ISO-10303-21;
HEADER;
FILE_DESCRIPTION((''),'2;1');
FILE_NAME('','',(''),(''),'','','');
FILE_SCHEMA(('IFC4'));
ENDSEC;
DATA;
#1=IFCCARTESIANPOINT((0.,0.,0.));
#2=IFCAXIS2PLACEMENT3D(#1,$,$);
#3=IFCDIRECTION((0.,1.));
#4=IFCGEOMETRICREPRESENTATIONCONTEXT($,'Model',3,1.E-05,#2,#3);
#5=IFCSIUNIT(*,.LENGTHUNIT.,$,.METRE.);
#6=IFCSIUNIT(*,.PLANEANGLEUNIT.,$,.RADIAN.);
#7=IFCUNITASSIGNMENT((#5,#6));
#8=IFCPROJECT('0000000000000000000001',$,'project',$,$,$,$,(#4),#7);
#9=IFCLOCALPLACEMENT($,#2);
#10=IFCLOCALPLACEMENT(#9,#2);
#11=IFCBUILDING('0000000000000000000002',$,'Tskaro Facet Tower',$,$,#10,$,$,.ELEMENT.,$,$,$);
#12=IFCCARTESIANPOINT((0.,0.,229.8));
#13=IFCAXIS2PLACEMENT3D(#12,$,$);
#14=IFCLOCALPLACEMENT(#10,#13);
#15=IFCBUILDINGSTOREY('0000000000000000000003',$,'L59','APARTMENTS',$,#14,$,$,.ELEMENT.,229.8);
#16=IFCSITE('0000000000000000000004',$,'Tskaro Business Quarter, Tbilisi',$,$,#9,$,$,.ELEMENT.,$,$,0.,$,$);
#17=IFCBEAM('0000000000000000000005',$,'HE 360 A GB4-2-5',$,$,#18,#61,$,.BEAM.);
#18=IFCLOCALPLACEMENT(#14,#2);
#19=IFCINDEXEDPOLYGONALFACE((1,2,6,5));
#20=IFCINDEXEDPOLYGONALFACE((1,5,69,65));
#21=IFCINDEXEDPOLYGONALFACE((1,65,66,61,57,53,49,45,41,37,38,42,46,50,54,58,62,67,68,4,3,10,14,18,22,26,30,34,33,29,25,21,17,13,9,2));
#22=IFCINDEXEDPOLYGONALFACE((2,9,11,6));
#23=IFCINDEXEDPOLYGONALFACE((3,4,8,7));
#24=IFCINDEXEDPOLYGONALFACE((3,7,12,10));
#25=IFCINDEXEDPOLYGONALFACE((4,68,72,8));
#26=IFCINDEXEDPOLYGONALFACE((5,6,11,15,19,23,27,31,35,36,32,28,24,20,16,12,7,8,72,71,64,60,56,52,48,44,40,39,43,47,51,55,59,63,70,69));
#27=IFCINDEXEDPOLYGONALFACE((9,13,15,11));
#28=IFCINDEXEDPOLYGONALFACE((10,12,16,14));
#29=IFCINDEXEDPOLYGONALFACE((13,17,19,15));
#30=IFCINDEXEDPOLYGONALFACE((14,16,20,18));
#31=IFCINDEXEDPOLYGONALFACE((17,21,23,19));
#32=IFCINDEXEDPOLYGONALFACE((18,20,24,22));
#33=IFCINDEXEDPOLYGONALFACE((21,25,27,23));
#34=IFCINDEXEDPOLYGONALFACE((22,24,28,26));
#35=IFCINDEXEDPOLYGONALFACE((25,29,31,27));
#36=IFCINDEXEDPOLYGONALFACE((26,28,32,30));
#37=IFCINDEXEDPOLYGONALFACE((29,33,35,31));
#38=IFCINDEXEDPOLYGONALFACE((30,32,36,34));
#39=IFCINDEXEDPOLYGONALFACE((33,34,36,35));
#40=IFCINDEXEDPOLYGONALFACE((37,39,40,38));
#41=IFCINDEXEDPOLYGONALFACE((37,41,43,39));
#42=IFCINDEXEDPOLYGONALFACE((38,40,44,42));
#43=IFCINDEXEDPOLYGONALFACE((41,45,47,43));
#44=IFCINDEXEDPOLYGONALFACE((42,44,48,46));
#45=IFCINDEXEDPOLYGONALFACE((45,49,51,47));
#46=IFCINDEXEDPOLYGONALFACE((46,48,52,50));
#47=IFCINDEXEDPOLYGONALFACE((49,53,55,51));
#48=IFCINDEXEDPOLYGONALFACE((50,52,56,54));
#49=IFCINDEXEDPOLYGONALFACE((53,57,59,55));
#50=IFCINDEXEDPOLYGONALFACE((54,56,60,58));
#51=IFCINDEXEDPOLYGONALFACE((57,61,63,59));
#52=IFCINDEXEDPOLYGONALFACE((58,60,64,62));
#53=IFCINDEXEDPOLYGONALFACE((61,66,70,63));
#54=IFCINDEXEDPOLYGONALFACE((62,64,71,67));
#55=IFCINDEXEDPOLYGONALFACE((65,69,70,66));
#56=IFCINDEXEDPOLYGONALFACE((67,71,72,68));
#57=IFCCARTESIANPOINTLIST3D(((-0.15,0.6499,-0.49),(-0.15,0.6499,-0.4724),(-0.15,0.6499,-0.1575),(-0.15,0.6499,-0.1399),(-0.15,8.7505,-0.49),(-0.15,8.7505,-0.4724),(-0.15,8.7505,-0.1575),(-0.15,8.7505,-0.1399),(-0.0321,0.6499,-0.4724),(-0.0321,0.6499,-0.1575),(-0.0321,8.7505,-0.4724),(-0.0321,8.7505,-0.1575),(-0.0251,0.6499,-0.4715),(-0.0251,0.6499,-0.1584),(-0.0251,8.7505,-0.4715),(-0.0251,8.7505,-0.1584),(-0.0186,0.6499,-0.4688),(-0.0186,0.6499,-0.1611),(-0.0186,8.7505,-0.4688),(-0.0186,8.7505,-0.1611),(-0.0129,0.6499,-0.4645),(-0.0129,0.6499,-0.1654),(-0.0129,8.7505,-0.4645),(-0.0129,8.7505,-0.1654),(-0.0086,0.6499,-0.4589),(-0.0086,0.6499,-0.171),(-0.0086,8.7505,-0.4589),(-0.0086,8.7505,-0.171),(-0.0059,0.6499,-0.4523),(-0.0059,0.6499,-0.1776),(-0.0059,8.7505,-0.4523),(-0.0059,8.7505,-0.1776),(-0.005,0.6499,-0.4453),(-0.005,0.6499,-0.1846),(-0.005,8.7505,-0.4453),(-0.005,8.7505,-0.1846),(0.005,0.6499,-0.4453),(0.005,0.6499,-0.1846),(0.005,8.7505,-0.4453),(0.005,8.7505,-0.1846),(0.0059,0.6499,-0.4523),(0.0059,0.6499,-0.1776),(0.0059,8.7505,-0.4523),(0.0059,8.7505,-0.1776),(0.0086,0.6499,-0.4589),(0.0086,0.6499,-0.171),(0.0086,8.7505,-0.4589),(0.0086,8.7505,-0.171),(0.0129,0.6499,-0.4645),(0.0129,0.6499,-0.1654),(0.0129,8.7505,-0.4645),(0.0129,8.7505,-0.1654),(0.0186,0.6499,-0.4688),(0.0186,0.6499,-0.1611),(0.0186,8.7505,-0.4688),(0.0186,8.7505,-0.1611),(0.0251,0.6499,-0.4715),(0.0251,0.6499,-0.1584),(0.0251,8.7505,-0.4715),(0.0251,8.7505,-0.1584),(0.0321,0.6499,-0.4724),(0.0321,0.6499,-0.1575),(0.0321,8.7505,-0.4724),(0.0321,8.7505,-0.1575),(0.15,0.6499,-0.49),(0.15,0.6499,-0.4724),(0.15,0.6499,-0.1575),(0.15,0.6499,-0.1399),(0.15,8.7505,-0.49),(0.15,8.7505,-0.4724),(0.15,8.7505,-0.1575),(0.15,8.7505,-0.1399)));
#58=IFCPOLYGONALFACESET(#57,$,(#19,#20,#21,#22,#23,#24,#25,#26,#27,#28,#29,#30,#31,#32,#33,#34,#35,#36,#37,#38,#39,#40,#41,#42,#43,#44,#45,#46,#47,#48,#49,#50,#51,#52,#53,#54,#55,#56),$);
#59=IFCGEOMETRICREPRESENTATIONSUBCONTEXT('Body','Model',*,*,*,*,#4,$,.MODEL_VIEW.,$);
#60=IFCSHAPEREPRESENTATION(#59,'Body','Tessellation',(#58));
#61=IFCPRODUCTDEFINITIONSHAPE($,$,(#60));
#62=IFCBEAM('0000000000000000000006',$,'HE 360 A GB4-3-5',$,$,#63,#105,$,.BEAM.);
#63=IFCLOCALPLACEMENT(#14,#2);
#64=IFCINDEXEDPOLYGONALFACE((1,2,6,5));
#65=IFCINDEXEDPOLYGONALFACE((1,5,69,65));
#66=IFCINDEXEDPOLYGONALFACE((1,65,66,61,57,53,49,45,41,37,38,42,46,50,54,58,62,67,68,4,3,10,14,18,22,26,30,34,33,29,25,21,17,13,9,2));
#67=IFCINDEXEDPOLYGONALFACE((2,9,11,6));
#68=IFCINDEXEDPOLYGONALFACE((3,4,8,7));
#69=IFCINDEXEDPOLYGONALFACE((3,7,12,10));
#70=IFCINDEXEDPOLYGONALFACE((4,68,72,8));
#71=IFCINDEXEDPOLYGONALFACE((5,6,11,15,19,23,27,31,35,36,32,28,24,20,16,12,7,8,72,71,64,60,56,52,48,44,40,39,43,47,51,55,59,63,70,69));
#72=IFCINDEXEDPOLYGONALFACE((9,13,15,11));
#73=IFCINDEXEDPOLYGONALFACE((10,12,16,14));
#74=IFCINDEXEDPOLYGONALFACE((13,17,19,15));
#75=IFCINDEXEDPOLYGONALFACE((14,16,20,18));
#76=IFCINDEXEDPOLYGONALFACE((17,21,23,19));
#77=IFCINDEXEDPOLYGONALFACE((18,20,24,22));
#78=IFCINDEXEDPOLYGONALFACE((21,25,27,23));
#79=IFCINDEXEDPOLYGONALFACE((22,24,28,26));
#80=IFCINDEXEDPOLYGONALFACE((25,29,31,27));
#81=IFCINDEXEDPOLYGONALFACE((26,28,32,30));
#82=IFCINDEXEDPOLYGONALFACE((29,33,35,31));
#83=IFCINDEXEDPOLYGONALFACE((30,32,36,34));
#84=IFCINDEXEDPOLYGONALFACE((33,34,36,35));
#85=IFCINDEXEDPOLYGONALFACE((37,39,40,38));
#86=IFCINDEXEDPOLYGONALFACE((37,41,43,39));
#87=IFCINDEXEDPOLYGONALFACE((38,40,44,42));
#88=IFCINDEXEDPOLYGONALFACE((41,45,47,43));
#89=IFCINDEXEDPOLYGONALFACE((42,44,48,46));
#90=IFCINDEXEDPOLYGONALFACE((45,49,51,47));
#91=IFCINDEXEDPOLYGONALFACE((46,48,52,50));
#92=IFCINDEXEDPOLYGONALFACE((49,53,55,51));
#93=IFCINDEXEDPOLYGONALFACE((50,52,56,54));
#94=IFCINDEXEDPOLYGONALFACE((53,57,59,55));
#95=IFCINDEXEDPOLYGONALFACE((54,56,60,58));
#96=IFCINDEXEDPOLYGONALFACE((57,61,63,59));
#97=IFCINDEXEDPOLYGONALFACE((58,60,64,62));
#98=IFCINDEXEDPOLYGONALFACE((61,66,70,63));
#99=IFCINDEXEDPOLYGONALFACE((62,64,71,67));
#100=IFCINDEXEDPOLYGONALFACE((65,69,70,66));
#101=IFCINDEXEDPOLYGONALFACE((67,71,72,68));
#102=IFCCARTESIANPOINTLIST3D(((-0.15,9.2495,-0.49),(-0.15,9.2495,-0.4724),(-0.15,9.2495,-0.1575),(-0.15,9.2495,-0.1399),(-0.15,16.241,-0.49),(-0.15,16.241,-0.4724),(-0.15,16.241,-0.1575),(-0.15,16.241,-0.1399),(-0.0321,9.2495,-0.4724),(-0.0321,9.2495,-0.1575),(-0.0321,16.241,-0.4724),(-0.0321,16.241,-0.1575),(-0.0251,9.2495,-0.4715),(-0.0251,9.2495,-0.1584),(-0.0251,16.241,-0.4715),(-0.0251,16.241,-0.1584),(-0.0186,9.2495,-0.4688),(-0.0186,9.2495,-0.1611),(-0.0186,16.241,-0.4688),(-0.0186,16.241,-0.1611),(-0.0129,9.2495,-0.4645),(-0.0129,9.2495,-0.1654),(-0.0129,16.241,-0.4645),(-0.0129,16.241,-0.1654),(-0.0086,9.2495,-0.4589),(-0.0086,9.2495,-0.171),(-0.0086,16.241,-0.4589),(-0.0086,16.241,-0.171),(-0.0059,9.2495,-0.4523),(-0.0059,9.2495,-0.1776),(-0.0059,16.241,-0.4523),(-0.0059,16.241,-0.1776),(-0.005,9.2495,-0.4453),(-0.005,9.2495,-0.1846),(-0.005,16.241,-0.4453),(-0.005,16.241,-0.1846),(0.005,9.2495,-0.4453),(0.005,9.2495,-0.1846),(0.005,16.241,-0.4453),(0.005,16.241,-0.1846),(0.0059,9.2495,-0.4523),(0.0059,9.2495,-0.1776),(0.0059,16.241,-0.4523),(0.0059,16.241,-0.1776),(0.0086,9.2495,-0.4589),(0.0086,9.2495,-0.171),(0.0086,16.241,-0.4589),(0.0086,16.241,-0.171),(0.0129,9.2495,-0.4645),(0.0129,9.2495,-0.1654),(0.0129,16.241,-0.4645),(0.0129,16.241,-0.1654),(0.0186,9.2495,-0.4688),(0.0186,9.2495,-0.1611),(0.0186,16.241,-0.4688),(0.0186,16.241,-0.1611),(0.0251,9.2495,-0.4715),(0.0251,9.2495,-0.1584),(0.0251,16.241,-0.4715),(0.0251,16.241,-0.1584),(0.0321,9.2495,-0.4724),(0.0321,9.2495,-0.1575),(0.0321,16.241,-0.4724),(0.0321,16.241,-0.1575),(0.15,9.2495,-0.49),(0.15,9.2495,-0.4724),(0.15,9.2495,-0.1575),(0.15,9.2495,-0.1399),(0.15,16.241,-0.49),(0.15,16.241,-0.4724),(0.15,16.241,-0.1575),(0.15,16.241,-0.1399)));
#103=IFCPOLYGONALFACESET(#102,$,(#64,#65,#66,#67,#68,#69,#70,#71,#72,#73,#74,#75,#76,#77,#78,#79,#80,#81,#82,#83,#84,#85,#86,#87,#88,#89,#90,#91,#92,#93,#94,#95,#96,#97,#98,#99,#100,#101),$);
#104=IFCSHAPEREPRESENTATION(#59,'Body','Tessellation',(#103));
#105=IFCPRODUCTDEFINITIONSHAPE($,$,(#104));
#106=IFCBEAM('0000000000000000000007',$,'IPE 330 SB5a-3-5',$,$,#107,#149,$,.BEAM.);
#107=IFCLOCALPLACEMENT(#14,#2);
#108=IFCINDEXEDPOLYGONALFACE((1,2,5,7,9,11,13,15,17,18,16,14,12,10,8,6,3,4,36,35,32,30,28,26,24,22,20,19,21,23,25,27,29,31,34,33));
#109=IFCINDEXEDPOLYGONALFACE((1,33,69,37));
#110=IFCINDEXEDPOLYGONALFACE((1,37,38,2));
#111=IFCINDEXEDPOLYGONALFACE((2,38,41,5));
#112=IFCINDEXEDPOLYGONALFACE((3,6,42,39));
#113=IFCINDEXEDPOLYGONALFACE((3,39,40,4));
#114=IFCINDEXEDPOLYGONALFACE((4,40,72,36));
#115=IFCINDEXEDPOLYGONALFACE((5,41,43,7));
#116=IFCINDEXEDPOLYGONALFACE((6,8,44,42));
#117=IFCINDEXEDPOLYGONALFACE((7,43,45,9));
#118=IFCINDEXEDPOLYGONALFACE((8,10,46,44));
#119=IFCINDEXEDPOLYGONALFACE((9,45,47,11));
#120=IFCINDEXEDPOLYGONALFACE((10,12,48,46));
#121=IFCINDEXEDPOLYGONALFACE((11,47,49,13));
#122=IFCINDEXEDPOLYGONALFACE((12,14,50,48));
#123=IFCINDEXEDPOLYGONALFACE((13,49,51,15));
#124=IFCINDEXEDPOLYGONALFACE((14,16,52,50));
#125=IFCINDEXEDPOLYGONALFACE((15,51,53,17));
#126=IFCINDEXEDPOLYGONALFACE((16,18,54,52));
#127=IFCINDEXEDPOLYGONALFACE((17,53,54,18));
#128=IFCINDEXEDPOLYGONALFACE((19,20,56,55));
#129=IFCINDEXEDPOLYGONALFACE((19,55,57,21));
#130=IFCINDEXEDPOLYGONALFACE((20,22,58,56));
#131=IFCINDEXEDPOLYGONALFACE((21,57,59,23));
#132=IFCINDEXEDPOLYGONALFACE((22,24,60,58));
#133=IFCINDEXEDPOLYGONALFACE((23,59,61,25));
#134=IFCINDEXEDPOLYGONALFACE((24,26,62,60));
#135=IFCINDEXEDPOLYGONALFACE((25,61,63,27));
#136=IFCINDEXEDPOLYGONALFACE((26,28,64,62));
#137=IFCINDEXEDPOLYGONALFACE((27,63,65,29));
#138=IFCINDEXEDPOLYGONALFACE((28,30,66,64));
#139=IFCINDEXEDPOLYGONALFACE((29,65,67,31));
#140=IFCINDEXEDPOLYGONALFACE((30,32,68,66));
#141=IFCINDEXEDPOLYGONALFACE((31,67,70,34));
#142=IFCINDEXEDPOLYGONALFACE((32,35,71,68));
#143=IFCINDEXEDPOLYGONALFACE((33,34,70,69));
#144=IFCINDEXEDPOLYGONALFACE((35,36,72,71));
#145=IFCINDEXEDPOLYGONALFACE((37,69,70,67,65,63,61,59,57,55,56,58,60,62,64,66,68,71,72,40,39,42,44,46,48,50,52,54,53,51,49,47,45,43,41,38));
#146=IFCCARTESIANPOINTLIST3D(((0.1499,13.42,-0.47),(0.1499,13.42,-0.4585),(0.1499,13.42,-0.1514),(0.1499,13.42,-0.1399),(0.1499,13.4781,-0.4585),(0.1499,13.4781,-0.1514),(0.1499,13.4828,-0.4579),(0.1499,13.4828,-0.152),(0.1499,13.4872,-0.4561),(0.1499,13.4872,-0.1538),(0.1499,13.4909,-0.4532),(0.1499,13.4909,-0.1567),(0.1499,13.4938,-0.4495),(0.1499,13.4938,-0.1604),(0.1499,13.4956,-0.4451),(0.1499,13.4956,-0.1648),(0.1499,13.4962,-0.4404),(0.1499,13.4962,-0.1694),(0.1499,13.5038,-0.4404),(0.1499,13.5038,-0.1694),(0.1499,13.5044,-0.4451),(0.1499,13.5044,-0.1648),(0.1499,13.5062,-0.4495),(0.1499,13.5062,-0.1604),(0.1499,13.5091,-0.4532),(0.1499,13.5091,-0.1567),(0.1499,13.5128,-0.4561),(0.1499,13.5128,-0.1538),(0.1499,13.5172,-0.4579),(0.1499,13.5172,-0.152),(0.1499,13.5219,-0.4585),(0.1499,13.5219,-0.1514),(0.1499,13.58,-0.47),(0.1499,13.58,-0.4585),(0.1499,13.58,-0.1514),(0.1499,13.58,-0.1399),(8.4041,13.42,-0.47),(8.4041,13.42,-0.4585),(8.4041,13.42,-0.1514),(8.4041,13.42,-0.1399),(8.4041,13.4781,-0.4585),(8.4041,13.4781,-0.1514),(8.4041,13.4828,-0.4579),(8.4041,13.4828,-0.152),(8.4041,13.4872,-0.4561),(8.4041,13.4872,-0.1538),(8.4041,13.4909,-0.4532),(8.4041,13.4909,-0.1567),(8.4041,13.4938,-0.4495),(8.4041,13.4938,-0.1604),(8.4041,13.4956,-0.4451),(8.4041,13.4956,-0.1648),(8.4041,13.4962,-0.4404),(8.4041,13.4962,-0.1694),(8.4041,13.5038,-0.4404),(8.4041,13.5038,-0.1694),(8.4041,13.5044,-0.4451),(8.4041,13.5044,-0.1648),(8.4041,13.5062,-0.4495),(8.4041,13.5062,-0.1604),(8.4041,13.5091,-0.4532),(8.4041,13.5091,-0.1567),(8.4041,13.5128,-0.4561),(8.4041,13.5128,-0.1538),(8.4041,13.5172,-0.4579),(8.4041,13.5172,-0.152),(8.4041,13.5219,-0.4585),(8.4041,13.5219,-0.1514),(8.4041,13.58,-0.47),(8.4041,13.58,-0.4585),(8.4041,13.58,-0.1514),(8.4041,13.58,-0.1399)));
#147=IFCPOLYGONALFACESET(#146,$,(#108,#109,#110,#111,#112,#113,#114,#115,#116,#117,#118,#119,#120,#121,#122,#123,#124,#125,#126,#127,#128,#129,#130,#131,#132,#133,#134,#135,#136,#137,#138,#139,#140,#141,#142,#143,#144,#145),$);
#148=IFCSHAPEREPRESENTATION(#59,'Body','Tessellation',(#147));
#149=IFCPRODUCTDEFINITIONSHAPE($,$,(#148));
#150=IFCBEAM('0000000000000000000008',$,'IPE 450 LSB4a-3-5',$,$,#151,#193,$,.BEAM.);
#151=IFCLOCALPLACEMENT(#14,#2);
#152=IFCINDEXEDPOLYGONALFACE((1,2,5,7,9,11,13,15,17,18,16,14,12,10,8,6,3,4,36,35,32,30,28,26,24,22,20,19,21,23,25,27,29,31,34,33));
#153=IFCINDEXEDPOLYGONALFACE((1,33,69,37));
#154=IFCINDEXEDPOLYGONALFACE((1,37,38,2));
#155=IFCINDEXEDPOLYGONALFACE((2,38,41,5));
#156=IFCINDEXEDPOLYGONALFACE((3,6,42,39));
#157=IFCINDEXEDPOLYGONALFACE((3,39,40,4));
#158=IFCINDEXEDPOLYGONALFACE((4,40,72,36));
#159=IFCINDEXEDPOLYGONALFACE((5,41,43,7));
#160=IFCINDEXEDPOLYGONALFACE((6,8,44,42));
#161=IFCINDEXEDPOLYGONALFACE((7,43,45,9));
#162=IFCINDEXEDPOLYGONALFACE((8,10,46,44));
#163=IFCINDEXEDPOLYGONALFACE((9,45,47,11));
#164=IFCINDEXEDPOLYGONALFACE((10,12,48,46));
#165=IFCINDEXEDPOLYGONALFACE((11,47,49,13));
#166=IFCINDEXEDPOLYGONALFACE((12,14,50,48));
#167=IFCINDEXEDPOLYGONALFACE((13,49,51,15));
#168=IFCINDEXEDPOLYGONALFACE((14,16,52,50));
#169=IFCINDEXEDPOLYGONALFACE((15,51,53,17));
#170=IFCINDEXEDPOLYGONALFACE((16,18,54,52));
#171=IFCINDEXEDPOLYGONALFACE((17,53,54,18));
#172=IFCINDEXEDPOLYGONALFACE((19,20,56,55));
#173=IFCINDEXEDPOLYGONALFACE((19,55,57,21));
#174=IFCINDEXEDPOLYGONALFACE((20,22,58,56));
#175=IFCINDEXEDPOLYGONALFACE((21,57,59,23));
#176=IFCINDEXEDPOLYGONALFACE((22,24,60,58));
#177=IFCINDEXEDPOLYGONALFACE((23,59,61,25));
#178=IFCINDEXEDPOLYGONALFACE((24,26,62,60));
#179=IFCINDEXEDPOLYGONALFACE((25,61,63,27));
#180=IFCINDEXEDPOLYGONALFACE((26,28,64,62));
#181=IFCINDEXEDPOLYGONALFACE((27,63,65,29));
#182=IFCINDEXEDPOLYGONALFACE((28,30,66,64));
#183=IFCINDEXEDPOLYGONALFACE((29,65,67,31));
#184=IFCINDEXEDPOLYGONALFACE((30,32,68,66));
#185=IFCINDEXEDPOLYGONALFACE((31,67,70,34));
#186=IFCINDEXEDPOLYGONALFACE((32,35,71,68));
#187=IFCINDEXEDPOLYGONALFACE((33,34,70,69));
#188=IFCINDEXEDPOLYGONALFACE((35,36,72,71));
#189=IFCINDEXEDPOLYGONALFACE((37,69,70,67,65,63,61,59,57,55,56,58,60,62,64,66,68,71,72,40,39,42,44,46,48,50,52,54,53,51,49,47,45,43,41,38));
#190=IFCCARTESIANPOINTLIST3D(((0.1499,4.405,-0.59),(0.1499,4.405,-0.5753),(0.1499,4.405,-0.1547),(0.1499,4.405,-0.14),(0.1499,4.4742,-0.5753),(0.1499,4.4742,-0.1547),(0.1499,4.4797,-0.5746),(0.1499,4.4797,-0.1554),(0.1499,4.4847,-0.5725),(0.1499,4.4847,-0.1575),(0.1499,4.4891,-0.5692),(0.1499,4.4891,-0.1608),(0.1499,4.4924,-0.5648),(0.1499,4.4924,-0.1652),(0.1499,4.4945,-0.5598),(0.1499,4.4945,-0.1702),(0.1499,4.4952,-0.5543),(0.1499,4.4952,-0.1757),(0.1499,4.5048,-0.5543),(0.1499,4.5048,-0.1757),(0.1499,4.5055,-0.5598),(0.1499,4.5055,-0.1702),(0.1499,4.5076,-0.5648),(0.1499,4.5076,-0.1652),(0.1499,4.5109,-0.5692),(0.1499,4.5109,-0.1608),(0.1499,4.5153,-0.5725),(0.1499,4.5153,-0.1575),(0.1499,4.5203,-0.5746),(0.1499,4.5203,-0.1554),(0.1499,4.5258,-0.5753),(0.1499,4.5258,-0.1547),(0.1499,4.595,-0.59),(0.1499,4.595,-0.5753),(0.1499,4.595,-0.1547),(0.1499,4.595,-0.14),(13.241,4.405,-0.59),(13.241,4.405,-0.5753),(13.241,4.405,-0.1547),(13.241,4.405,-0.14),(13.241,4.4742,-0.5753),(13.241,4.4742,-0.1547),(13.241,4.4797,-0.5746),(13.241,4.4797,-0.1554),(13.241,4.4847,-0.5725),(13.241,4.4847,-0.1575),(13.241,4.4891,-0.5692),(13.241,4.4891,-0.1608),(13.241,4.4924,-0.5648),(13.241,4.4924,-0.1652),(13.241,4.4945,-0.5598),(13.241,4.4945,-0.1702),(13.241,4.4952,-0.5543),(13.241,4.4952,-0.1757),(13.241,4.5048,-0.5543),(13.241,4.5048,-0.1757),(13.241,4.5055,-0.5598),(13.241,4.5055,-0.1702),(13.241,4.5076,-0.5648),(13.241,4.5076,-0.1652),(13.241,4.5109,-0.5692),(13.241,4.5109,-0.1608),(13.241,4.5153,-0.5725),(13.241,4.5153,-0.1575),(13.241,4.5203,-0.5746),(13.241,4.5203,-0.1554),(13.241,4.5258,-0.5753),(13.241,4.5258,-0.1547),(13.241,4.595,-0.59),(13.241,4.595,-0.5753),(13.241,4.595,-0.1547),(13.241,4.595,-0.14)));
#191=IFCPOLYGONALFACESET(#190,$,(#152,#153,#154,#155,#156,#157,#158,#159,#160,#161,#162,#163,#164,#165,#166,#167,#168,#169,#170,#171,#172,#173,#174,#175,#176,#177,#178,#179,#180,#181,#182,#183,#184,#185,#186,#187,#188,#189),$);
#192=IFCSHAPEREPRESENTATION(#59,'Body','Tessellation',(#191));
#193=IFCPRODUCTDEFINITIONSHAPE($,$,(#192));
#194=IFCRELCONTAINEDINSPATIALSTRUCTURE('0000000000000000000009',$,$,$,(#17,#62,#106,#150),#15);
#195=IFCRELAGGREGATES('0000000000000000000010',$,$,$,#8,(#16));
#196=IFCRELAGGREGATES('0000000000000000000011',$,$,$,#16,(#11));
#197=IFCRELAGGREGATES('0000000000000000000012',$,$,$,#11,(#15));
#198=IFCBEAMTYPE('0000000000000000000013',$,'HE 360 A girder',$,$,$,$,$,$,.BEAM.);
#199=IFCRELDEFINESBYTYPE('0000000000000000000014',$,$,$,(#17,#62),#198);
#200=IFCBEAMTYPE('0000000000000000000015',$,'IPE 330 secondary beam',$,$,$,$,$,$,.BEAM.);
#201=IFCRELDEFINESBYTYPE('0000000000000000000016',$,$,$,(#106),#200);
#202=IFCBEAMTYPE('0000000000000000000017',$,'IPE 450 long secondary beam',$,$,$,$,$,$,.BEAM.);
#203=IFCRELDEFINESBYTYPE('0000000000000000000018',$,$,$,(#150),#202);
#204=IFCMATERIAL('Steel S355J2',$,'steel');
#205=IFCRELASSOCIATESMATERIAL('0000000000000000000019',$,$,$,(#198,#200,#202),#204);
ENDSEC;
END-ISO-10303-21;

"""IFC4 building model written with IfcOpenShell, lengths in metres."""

from ifc_helpers import new_model, si_unit, direction, frame, origin, origin_2d, place, context, subcontext, project, spatial, i_section, extrude, material, material_profile, profile_set, type_object, element, save


model = new_model("IFC4")

# Units and contexts
model_context = context("Model", 3, precision=1e-05, world=origin(), true_north=direction((0.0, 1.0)))
body_context = subcontext(model_context, "Body", "Model", "MODEL_VIEW")
ifc_project = project(units=[si_unit("LENGTHUNIT", "METRE"), si_unit("PLANEANGLEUNIT", "RADIAN")], contexts=[model_context])

# Site, building, storey
site_placement = place(None, origin())
site = spatial("IfcSite", under=ifc_project, at=site_placement, Name="Tskaro Business Quarter, Tbilisi", CompositionType="ELEMENT", RefElevation=0.0)
building_placement = place(site_placement, origin())
building = spatial("IfcBuilding", under=site, at=building_placement, Name="Tskaro Facet Tower", CompositionType="ELEMENT")
storey_placement = place(building_placement, frame((0.0, 0.0, 229.8)))
storey = spatial("IfcBuildingStorey", under=building, at=storey_placement, Name="L59", Description="APARTMENTS", CompositionType="ELEMENT", Elevation=229.8)

# Shared definitions
ifc_material_1 = material(Name="Steel S355J2", Category="steel")

# Beams
ifc_material_profile_1 = material_profile(ifc_material_1, i_section(OverallWidth=0.3, OverallDepth=0.3501, WebThickness=0.01, FlangeThickness=0.0176, FilletRadius=0.0271, at=origin_2d()), Name="HE 360 A")
ifc_profile_set_1 = profile_set([ifc_material_profile_1], Name="Steel S355J2")
beam_type_1 = type_object("IfcBeamType", Name="HE 360 A girder", PredefinedType="BEAM", material=ifc_profile_set_1)
beam_1_placement = place(storey_placement, frame((0.0, 0.6499, -0.3149), z_axis=(0.0, 1.0, 0.0), x_axis=(-1.0, 0.0, 0.0)))
element("IfcBeam", 1, at=beam_1_placement, inside=storey, type_object=beam_type_1, Name="HE 360 A GB4-2-5", PredefinedType="BEAM", context=body_context, shape_type="SweptSolid", body=[
    extrude(i_section(OverallWidth=0.3, OverallDepth=0.3501, WebThickness=0.01, FlangeThickness=0.0176, FilletRadius=0.0271, at=origin_2d()), origin(), (0.0, 0.0, 1.0), 8.1006),
])
beam_2_placement = place(storey_placement, frame((0.0, 9.2495, -0.3149), z_axis=(0.0, 1.0, 0.0), x_axis=(-1.0, 0.0, 0.0)))
element("IfcBeam", 2, at=beam_2_placement, inside=storey, type_object=beam_type_1, Name="HE 360 A GB4-3-5", PredefinedType="BEAM", context=body_context, shape_type="SweptSolid", body=[
    extrude(i_section(OverallWidth=0.3, OverallDepth=0.3501, WebThickness=0.01, FlangeThickness=0.0176, FilletRadius=0.0271, at=origin_2d()), origin(), (0.0, 0.0, 1.0), 6.9915),
])
ifc_material_profile_2 = material_profile(ifc_material_1, i_section(OverallWidth=0.1599, OverallDepth=0.3301, WebThickness=0.0076, FlangeThickness=0.0115, FilletRadius=0.0181, at=origin_2d()), Name="IPE 330")
ifc_profile_set_2 = profile_set([ifc_material_profile_2], Name="Steel S355J2")
beam_type_2 = type_object("IfcBeamType", Name="IPE 330 secondary beam", PredefinedType="BEAM", material=ifc_profile_set_2)
beam_3_placement = place(storey_placement, frame((0.1499, 13.5, -0.3049), z_axis=(1.0, 0.0, 0.0), x_axis=(0.0, 1.0, 0.0)))
element("IfcBeam", 3, at=beam_3_placement, inside=storey, type_object=beam_type_2, Name="IPE 330 SB5a-3-5", PredefinedType="BEAM", context=body_context, shape_type="SweptSolid", body=[
    extrude(i_section(OverallWidth=0.1599, OverallDepth=0.3301, WebThickness=0.0076, FlangeThickness=0.0115, FilletRadius=0.0181, at=origin_2d()), origin(), (0.0, 0.0, 1.0), 8.2542),
])
ifc_material_profile_3 = material_profile(ifc_material_1, i_section(OverallWidth=0.1899, OverallDepth=0.45, WebThickness=0.0095, FlangeThickness=0.0146, FilletRadius=0.021, at=origin_2d()), Name="IPE 450")
ifc_profile_set_3 = profile_set([ifc_material_profile_3], Name="Steel S355J2")
beam_type_3 = type_object("IfcBeamType", Name="IPE 450 long secondary beam", PredefinedType="BEAM", material=ifc_profile_set_3)
beam_4_placement = place(storey_placement, frame((0.1499, 4.5, -0.365), z_axis=(1.0, 0.0, 0.0), x_axis=(0.0, 1.0, 0.0)))
element("IfcBeam", 4, at=beam_4_placement, inside=storey, type_object=beam_type_3, Name="IPE 450 LSB4a-3-5", PredefinedType="BEAM", context=body_context, shape_type="SweptSolid", body=[
    extrude(i_section(OverallWidth=0.1899, OverallDepth=0.45, WebThickness=0.0095, FlangeThickness=0.0146, FilletRadius=0.021, at=origin_2d()), origin(), (0.0, 0.0, 1.0), 13.0911),
])

save(model, "model.ifc")
